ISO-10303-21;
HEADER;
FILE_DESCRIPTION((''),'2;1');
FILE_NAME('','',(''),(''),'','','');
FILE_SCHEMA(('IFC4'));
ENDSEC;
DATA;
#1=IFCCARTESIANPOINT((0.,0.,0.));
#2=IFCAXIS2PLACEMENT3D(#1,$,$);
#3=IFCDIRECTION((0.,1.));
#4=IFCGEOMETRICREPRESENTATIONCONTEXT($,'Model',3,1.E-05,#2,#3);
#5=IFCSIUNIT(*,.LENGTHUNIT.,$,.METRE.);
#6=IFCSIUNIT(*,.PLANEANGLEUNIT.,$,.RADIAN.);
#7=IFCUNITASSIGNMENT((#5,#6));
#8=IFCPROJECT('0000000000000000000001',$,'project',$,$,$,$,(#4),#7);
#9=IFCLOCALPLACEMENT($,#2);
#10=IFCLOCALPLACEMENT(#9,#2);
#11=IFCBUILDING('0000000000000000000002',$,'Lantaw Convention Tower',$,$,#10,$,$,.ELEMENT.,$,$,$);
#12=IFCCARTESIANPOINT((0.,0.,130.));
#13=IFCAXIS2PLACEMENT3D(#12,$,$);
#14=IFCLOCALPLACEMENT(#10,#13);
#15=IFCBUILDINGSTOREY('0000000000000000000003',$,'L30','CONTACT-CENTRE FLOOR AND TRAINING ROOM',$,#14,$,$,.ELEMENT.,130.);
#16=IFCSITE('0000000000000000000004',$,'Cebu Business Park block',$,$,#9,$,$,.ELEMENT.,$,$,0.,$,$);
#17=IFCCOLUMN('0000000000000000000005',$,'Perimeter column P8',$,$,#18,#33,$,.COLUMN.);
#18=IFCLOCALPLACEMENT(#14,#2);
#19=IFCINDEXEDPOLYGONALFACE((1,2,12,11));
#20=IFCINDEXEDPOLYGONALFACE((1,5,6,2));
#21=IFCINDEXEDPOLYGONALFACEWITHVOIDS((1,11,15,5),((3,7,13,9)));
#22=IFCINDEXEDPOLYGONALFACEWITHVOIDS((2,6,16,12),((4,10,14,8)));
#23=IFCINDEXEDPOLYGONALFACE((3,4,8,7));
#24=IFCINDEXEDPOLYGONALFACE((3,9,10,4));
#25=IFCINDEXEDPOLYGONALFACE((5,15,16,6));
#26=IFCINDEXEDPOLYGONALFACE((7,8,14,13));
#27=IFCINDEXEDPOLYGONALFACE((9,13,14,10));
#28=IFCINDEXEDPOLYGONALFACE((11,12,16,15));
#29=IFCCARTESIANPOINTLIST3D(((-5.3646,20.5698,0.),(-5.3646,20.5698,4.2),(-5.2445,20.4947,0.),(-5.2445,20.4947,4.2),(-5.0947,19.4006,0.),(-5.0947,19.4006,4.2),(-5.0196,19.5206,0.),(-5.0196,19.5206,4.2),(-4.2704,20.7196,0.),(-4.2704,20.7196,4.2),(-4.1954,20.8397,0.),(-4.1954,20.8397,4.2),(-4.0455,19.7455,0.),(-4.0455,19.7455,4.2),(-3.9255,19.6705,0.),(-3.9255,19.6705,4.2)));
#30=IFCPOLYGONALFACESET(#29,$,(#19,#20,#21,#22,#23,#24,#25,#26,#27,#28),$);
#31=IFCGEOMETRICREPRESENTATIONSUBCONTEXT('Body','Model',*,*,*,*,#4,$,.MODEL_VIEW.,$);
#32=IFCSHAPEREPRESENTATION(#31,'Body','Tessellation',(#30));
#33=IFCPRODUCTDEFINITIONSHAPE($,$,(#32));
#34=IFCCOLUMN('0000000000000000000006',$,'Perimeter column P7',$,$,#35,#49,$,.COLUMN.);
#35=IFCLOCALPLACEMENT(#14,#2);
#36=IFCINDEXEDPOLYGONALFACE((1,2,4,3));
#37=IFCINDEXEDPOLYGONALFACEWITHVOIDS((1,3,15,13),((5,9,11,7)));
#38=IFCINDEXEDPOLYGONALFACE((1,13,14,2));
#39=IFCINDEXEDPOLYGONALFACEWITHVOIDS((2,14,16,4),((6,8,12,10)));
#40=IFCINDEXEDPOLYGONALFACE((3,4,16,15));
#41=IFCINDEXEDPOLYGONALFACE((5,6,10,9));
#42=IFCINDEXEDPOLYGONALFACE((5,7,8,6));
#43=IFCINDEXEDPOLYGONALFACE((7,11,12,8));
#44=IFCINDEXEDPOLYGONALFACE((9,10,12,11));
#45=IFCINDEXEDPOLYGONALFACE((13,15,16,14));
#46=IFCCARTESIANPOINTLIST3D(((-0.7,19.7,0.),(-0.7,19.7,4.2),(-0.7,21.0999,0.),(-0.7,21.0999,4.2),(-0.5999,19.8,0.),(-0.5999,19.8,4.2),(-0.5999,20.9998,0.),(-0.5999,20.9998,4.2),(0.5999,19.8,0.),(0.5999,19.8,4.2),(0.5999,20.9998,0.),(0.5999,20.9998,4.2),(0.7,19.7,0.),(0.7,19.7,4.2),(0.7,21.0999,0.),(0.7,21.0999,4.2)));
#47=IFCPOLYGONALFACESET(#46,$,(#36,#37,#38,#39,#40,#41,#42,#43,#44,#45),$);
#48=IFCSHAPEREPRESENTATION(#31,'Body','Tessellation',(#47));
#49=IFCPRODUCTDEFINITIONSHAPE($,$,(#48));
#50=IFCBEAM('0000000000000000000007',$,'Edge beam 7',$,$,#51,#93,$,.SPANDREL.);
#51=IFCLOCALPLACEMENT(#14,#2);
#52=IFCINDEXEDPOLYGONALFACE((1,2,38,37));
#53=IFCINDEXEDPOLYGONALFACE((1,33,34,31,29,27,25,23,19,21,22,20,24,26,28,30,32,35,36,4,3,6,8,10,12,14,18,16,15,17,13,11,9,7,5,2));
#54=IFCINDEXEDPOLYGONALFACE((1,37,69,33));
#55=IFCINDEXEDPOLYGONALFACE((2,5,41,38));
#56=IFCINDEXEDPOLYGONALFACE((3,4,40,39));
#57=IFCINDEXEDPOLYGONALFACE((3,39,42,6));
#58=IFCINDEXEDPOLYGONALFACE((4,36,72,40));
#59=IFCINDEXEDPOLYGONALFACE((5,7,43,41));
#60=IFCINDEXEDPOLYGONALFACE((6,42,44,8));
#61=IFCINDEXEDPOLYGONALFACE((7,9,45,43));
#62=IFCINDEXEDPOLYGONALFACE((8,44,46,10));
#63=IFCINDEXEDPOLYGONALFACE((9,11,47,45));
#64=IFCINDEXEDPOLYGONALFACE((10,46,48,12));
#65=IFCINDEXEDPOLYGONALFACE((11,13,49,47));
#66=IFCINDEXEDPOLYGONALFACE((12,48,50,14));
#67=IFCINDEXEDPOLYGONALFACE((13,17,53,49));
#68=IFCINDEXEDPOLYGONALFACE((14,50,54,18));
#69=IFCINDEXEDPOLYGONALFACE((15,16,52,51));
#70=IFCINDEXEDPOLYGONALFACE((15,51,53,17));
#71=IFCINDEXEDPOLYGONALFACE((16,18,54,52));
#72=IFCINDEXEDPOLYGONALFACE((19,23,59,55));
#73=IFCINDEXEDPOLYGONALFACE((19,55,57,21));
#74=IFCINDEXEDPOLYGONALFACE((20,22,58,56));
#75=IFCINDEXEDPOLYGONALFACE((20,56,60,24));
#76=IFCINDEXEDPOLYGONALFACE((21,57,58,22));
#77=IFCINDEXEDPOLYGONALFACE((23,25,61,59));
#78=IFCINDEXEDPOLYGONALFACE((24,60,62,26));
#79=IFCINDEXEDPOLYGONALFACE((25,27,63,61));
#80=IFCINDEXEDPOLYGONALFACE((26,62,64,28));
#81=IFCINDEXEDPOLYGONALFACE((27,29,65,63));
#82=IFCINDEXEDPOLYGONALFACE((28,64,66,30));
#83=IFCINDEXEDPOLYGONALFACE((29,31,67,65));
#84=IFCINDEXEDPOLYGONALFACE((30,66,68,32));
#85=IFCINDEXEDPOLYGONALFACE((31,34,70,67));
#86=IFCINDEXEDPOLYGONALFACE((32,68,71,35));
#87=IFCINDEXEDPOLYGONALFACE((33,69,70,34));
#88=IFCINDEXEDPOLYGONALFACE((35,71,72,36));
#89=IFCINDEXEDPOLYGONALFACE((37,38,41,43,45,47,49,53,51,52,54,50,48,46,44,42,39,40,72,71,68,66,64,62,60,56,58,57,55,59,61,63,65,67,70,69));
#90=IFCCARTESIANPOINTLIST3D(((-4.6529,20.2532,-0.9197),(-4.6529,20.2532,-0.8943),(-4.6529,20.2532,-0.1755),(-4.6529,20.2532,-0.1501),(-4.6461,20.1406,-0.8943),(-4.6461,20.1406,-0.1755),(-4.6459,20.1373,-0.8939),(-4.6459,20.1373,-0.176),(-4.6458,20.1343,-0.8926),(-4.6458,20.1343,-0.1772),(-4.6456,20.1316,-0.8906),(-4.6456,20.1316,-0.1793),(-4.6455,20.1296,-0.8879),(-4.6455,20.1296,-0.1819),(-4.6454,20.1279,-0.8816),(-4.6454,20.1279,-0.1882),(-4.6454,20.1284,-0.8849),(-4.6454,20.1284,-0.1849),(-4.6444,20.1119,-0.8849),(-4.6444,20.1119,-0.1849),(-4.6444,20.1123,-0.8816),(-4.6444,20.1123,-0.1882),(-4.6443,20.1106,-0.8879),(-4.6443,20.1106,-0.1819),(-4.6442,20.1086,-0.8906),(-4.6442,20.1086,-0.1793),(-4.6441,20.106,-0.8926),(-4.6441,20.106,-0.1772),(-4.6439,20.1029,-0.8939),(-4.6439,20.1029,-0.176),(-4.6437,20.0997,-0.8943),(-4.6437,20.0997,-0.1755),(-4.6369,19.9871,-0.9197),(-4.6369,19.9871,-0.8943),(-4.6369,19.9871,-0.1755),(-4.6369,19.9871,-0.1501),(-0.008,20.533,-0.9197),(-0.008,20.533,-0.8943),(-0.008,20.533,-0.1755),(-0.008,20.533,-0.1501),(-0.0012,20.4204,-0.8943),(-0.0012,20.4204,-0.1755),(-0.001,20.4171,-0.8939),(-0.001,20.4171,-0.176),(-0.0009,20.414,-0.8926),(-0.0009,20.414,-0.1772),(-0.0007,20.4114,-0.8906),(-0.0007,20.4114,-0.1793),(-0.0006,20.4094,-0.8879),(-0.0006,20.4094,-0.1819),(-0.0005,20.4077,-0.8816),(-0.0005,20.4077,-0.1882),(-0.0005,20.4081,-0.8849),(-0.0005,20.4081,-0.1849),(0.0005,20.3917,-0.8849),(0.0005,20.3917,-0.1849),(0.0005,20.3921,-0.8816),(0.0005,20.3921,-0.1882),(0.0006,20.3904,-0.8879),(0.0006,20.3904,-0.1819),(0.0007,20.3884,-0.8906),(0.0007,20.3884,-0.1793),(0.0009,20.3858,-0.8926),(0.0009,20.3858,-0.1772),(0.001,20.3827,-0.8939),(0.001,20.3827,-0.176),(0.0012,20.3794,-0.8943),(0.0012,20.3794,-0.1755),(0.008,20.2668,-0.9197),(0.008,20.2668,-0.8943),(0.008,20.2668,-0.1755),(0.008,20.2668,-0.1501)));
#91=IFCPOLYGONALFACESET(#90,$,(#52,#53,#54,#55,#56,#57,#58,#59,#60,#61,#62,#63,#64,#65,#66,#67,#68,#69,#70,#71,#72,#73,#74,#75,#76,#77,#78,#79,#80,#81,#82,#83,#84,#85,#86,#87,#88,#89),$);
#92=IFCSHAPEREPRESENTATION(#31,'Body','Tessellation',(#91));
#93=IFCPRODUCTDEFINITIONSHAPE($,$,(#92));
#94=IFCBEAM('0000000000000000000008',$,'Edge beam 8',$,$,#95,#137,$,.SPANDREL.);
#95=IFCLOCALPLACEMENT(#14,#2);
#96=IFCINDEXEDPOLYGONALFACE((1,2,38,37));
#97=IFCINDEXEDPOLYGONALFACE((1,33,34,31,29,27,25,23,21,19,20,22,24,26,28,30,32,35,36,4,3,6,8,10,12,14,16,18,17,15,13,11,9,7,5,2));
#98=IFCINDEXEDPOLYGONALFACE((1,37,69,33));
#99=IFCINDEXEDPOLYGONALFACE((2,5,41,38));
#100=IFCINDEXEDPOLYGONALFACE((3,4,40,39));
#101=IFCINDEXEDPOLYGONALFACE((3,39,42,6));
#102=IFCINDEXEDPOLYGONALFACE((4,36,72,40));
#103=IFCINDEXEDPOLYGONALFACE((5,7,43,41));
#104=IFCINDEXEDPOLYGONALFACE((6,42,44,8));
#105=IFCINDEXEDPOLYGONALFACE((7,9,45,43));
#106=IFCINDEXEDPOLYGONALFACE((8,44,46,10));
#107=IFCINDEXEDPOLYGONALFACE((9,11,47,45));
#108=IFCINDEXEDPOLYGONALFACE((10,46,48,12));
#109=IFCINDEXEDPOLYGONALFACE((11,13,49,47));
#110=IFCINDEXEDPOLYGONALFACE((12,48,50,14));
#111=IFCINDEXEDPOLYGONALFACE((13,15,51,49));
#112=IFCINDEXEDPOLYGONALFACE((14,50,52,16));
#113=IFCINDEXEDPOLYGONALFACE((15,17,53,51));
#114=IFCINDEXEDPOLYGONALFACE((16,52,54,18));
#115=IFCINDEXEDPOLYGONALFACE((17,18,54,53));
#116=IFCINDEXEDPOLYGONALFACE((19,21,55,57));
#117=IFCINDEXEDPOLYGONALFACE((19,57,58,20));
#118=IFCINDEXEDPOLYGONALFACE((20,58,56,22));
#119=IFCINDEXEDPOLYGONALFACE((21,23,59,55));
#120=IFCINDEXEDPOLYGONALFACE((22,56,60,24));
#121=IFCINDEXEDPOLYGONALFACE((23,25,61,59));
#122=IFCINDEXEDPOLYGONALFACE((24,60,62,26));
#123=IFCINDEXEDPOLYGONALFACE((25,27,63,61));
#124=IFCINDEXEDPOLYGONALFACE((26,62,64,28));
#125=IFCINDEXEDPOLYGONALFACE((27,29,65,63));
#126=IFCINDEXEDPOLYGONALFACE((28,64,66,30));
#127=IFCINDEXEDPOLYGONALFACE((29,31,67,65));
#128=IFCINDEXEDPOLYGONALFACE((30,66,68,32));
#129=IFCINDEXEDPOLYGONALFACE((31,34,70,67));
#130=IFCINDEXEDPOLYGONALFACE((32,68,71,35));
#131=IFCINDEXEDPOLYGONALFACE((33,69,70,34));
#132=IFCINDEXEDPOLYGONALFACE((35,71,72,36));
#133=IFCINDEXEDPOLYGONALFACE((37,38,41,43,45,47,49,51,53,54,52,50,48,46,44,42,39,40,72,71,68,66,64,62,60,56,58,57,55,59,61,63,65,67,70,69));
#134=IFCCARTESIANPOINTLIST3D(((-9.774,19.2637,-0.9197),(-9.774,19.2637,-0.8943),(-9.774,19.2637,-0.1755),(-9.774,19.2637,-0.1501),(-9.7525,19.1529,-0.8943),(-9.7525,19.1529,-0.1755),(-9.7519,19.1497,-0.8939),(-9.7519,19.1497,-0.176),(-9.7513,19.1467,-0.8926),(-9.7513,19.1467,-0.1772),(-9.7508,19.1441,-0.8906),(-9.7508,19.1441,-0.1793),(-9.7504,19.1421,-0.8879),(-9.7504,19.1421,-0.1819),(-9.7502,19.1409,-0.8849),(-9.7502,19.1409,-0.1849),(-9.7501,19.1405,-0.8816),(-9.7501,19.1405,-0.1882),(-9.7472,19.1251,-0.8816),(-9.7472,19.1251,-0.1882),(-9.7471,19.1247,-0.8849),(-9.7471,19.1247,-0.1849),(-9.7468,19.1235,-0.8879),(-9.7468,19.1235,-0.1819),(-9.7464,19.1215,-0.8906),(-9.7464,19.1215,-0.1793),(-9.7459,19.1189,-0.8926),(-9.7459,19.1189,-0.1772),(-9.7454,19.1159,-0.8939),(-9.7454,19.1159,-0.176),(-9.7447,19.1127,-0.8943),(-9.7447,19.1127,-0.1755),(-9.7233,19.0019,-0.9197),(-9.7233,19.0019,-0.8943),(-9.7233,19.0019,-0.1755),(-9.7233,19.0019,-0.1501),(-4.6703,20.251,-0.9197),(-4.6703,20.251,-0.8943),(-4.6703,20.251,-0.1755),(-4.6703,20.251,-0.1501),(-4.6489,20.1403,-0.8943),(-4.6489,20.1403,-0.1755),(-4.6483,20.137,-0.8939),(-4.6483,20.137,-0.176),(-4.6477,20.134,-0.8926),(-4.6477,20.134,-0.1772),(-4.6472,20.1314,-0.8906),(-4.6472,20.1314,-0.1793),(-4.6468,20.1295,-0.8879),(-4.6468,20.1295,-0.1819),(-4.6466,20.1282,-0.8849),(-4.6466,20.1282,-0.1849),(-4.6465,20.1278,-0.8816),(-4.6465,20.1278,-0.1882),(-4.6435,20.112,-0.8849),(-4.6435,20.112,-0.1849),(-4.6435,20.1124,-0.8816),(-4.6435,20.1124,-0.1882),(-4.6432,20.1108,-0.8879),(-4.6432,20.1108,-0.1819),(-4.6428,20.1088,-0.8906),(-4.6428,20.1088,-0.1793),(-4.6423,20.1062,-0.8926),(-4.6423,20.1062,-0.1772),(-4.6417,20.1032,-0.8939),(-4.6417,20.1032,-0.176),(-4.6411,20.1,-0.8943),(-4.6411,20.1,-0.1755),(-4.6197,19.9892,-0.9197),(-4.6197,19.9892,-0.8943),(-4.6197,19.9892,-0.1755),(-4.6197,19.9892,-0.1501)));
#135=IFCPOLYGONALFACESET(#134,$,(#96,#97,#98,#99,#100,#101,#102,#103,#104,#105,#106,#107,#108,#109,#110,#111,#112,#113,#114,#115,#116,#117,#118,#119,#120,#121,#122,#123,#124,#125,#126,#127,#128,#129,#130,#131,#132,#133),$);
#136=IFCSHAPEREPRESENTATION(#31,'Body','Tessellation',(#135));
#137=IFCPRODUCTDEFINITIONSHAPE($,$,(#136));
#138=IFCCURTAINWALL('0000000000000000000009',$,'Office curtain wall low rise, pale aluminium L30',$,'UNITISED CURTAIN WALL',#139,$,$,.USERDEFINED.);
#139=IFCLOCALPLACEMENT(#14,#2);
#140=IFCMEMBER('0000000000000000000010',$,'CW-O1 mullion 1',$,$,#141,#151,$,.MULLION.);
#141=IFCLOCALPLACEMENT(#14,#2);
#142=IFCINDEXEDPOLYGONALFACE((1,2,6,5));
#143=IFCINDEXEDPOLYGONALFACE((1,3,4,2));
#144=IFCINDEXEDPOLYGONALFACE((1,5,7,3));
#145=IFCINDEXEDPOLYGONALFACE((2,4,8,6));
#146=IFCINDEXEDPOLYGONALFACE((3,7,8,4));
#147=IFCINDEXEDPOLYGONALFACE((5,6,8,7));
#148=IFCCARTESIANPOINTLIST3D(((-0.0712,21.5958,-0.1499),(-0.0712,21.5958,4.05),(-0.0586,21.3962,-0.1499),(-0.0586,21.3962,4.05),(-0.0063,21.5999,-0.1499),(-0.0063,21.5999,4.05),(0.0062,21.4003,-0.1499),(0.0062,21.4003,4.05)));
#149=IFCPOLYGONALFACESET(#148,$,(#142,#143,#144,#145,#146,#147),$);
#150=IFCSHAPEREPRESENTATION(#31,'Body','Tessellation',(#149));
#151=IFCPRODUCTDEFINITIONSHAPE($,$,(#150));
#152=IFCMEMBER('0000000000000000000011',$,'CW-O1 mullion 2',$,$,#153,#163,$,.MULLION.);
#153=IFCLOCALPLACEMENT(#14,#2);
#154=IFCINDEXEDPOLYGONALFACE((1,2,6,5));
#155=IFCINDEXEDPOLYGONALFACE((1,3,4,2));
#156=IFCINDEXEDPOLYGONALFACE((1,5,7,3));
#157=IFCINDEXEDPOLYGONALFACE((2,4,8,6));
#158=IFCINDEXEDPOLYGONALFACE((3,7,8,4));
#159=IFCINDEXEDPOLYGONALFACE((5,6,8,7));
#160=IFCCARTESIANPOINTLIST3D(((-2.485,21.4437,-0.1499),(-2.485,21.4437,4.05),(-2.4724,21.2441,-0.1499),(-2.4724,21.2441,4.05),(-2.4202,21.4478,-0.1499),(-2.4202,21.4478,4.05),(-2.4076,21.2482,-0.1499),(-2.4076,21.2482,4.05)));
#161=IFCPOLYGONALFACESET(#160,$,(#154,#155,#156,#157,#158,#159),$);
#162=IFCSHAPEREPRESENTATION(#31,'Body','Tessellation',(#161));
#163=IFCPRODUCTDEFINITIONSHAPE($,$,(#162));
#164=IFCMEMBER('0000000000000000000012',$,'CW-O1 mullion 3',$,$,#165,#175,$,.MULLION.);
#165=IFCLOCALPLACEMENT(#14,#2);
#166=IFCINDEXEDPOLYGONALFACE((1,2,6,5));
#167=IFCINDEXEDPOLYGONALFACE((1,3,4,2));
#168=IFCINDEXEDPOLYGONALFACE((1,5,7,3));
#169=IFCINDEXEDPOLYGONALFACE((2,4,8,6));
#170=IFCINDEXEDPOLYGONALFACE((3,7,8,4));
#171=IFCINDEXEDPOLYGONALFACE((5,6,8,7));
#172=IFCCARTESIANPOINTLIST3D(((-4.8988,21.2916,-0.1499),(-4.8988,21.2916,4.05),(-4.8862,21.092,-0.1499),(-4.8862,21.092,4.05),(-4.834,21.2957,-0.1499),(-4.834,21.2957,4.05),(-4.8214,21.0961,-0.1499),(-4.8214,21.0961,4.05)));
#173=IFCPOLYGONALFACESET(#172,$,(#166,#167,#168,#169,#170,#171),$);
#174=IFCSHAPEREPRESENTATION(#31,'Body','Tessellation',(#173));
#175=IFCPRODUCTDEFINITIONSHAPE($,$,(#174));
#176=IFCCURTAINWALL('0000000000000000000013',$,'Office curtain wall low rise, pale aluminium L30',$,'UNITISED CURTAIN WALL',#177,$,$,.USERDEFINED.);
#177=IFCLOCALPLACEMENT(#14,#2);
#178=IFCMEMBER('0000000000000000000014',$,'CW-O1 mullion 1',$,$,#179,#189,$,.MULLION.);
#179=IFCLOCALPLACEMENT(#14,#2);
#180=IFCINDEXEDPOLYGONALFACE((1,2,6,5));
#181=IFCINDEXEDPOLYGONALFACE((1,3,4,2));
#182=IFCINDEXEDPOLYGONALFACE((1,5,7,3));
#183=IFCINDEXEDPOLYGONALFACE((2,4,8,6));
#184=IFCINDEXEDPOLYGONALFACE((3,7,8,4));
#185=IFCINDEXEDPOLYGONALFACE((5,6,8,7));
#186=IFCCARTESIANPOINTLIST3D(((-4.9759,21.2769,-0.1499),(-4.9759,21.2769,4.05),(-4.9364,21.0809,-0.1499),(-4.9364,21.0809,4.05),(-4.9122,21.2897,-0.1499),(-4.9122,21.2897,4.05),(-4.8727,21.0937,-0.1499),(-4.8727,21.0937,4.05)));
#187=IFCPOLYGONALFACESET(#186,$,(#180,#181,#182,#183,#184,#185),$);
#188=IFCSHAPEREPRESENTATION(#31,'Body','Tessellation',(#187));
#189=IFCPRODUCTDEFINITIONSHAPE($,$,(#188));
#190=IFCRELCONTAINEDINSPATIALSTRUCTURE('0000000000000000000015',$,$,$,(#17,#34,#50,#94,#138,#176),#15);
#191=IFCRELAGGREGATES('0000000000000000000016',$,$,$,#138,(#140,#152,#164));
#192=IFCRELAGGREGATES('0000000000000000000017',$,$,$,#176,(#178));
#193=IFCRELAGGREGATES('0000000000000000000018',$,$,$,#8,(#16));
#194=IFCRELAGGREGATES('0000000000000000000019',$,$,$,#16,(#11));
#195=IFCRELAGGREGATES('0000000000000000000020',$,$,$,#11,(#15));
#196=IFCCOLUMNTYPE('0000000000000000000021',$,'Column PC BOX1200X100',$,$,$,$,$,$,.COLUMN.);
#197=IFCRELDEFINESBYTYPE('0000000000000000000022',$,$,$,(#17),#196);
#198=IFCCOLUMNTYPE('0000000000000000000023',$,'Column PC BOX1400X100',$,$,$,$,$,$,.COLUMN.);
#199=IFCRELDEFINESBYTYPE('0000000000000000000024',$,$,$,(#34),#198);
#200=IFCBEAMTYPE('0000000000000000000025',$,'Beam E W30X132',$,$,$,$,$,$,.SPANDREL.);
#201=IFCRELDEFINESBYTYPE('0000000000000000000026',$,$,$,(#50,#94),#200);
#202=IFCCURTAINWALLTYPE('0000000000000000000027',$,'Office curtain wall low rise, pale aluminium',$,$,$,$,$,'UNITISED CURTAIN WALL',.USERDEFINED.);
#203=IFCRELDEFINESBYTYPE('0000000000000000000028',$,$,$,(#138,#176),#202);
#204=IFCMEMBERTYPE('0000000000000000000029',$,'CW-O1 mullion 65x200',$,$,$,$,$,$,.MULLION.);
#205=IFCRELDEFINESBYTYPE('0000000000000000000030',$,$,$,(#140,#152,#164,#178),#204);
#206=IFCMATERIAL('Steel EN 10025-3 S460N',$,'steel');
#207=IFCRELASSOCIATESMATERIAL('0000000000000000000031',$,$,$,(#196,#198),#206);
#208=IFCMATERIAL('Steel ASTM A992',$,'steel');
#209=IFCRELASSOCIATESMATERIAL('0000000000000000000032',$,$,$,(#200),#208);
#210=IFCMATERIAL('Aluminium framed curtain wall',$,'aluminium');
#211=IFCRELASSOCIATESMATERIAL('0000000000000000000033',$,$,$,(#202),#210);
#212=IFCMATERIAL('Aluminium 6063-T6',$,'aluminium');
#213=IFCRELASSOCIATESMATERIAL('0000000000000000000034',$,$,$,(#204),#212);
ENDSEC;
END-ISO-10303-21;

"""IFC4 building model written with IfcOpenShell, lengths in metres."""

from ifc_helpers import new_model, si_unit, direction, frame, origin, origin_2d, place, context, subcontext, project, spatial, rectangle, hollow_rectangle, i_section, extrude, material, material_profile, profile_set, type_object, element, aggregate, save


model = new_model("IFC4")

# Units and contexts
model_context = context("Model", 3, precision=1e-05, world=origin(), true_north=direction((0.0, 1.0)))
body_context = subcontext(model_context, "Body", "Model", "MODEL_VIEW")
ifc_project = project(units=[si_unit("LENGTHUNIT", "METRE"), si_unit("PLANEANGLEUNIT", "RADIAN")], contexts=[model_context])

# Site, building, storey
site_placement = place(None, origin())
site = spatial("IfcSite", under=ifc_project, at=site_placement, Name="Cebu Business Park block", CompositionType="ELEMENT", RefElevation=0.0)
building_placement = place(site_placement, origin())
building = spatial("IfcBuilding", under=site, at=building_placement, Name="Lantaw Convention Tower", CompositionType="ELEMENT")
storey_placement = place(building_placement, frame((0.0, 0.0, 130.0)))
storey = spatial("IfcBuildingStorey", under=building, at=storey_placement, Name="L30", Description="CONTACT-CENTRE FLOOR AND TRAINING ROOM", CompositionType="ELEMENT", Elevation=130.0)

# Columns
ifc_material_1 = material(Name="Steel EN 10025-3 S460N", Category="steel")
ifc_material_profile_1 = material_profile(ifc_material_1, hollow_rectangle(XDim=1.2, YDim=1.2, WallThickness=0.1001, at=origin_2d()), Name="BOX1200X100")
ifc_material_2 = material(Name="Concrete C60/75", Category="concrete")
ifc_material_profile_2 = material_profile(ifc_material_2, rectangle(XDim=1.0, YDim=1.0, at=origin_2d()), Name="Concrete fill of BOX1200X100")
ifc_profile_set_1 = profile_set([ifc_material_profile_1, ifc_material_profile_2], Name="Steel EN 10025-3 S460N")
column_type_1 = type_object("IfcColumnType", Name="Column PC BOX1200X100", PredefinedType="COLUMN", material=ifc_profile_set_1)
column_1_placement = place(storey_placement, frame((-4.645, 20.1201, 0.0), z_axis=(0.0, 0.0, 1.0), x_axis=(0.97437, 0.224951, 0.0)))
element("IfcColumn", 1, at=column_1_placement, inside=storey, type_object=column_type_1, Name="Perimeter column P8", PredefinedType="COLUMN", context=body_context, shape_type="SweptSolid", body=[
    extrude(hollow_rectangle(XDim=1.2, YDim=1.2, WallThickness=0.1001, at=origin_2d()), origin(), (0.0, 0.0, 1.0), 4.2),
])
ifc_material_profile_3 = material_profile(ifc_material_1, hollow_rectangle(XDim=1.3999, YDim=1.3999, WallThickness=0.1001, at=origin_2d()), Name="BOX1400X100")
ifc_material_profile_4 = material_profile(ifc_material_2, rectangle(XDim=1.2, YDim=1.2, at=origin_2d()), Name="Concrete fill of BOX1400X100")
ifc_profile_set_2 = profile_set([ifc_material_profile_3, ifc_material_profile_4], Name="Steel EN 10025-3 S460N")
column_type_2 = type_object("IfcColumnType", Name="Column PC BOX1400X100", PredefinedType="COLUMN", material=ifc_profile_set_2)
column_2_placement = place(storey_placement, frame((0.0, 20.3999, 0.0), z_axis=(0.0, 0.0, 1.0), x_axis=(1.0, 0.0, 0.0)))
element("IfcColumn", 2, at=column_2_placement, inside=storey, type_object=column_type_2, Name="Perimeter column P7", PredefinedType="COLUMN", context=body_context, shape_type="SweptSolid", body=[
    extrude(hollow_rectangle(XDim=1.3999, YDim=1.3999, WallThickness=0.1001, at=origin_2d()), origin(), (0.0, 0.0, 1.0), 4.2),
])

# Beams
ifc_material_3 = material(Name="Steel ASTM A992", Category="steel")
ifc_material_profile_5 = material_profile(ifc_material_3, i_section(OverallWidth=0.2666, OverallDepth=0.7695, WebThickness=0.0156, FlangeThickness=0.0254, FilletRadius=0.0127, at=origin_2d()), Name="W30X132")
ifc_profile_set_3 = profile_set([ifc_material_profile_5], Name="Steel ASTM A992")
beam_type = type_object("IfcBeamType", Name="Beam E W30X132", PredefinedType="SPANDREL", material=ifc_profile_set_3)
beam_1_placement = place(storey_placement, frame((0.0, 20.3999, -0.5349), z_axis=(-0.998191, -0.060124, 0.0), x_axis=(0.060124, -0.998191, 0.0)))
element("IfcBeam", 3, at=beam_1_placement, inside=storey, type_object=beam_type, Name="Edge beam 7", PredefinedType="SPANDREL", context=body_context, shape_type="SweptSolid", body=[
    extrude(i_section(OverallWidth=0.2666, OverallDepth=0.7695, WebThickness=0.0156, FlangeThickness=0.0254, FilletRadius=0.0127, at=origin_2d()), origin(), (0.0, 0.0, 1.0), 4.6533),
])
beam_2_placement = place(storey_placement, frame((-4.645, 20.1201, -0.5349), z_axis=(-0.981797, -0.189934, 0.0), x_axis=(0.189934, -0.981797, 0.0)))
element("IfcBeam", 4, at=beam_2_placement, inside=storey, type_object=beam_type, Name="Edge beam 8", PredefinedType="SPANDREL", context=body_context, shape_type="SweptSolid", body=[
    extrude(i_section(OverallWidth=0.2666, OverallDepth=0.7695, WebThickness=0.0156, FlangeThickness=0.0254, FilletRadius=0.0127, at=origin_2d()), origin(), (0.0, 0.0, 1.0), 5.1982),
])

# Curtain walls, members
ifc_material_4 = material(Name="Aluminium framed curtain wall", Category="aluminium")
curtain_wall_type = type_object("IfcCurtainWallType", Name="Office curtain wall low rise, pale aluminium", ElementType="UNITISED CURTAIN WALL", PredefinedType="USERDEFINED", material=ifc_material_4)
curtain_wall_1_placement = place(storey_placement, origin())
curtain_wall_1 = element("IfcCurtainWall", 5, at=curtain_wall_1_placement, inside=storey, type_object=curtain_wall_type, Name="Office curtain wall low rise, pale aluminium L30", ObjectType="UNITISED CURTAIN WALL", PredefinedType="USERDEFINED")
ifc_material_5 = material(Name="Aluminium 6063-T6", Category="aluminium")
ifc_material_profile_6 = material_profile(ifc_material_5, rectangle(XDim=0.2, YDim=0.0649, at=origin_2d()), Name="CW-O1 mullion 65x200")
ifc_profile_set_4 = profile_set([ifc_material_profile_6], Name="Aluminium 6063-T6")
member_type_1 = type_object("IfcMemberType", Name="CW-O1 mullion 65x200", PredefinedType="MULLION", material=ifc_profile_set_4)
member_1_placement = place(storey_placement, frame((-0.0325, 21.498, -0.1499), z_axis=(0.0, 0.0, 1.0), x_axis=(0.062865, -0.998022, 0.0)))
member_1 = element("IfcMember", 6, at=member_1_placement, type_object=member_type_1, Name="CW-O1 mullion 1", PredefinedType="MULLION", context=body_context, shape_type="SweptSolid", body=[
    extrude(rectangle(XDim=0.2, YDim=0.0649, at=origin_2d()), origin(), (0.0, 0.0, 1.0), 4.2),
])
member_2_placement = place(storey_placement, frame((-2.4463, 21.3459, -0.1499), z_axis=(0.0, 0.0, 1.0), x_axis=(0.062865, -0.998022, 0.0)))
member_2 = element("IfcMember", 7, at=member_2_placement, type_object=member_type_1, Name="CW-O1 mullion 2", PredefinedType="MULLION", context=body_context, shape_type="SweptSolid", body=[
    extrude(rectangle(XDim=0.2, YDim=0.0649, at=origin_2d()), origin(), (0.0, 0.0, 1.0), 4.2),
])
member_3_placement = place(storey_placement, frame((-4.8601, 21.1938, -0.1499), z_axis=(0.0, 0.0, 1.0), x_axis=(0.062865, -0.998022, 0.0)))
member_3 = element("IfcMember", 8, at=member_3_placement, type_object=member_type_1, Name="CW-O1 mullion 3", PredefinedType="MULLION", context=body_context, shape_type="SweptSolid", body=[
    extrude(rectangle(XDim=0.2, YDim=0.0649, at=origin_2d()), origin(), (0.0, 0.0, 1.0), 4.2),
])
curtain_wall_2_placement = place(storey_placement, origin())
curtain_wall_2 = element("IfcCurtainWall", 9, at=curtain_wall_2_placement, inside=storey, type_object=curtain_wall_type, Name="Office curtain wall low rise, pale aluminium L30", ObjectType="UNITISED CURTAIN WALL", PredefinedType="USERDEFINED")
member_4_placement = place(storey_placement, frame((-4.9243, 21.1853, -0.1499), z_axis=(0.0, 0.0, 1.0), x_axis=(0.197507, -0.980302, 0.0)))
member_4 = element("IfcMember", 10, at=member_4_placement, type_object=member_type_1, Name="CW-O1 mullion 1", PredefinedType="MULLION", context=body_context, shape_type="SweptSolid", body=[
    extrude(rectangle(XDim=0.2, YDim=0.0649, at=origin_2d()), origin(), (0.0, 0.0, 1.0), 4.2),
])

aggregate(curtain_wall_1, [member_1, member_2, member_3])
aggregate(curtain_wall_2, [member_4])

save(model, "model.ifc")
